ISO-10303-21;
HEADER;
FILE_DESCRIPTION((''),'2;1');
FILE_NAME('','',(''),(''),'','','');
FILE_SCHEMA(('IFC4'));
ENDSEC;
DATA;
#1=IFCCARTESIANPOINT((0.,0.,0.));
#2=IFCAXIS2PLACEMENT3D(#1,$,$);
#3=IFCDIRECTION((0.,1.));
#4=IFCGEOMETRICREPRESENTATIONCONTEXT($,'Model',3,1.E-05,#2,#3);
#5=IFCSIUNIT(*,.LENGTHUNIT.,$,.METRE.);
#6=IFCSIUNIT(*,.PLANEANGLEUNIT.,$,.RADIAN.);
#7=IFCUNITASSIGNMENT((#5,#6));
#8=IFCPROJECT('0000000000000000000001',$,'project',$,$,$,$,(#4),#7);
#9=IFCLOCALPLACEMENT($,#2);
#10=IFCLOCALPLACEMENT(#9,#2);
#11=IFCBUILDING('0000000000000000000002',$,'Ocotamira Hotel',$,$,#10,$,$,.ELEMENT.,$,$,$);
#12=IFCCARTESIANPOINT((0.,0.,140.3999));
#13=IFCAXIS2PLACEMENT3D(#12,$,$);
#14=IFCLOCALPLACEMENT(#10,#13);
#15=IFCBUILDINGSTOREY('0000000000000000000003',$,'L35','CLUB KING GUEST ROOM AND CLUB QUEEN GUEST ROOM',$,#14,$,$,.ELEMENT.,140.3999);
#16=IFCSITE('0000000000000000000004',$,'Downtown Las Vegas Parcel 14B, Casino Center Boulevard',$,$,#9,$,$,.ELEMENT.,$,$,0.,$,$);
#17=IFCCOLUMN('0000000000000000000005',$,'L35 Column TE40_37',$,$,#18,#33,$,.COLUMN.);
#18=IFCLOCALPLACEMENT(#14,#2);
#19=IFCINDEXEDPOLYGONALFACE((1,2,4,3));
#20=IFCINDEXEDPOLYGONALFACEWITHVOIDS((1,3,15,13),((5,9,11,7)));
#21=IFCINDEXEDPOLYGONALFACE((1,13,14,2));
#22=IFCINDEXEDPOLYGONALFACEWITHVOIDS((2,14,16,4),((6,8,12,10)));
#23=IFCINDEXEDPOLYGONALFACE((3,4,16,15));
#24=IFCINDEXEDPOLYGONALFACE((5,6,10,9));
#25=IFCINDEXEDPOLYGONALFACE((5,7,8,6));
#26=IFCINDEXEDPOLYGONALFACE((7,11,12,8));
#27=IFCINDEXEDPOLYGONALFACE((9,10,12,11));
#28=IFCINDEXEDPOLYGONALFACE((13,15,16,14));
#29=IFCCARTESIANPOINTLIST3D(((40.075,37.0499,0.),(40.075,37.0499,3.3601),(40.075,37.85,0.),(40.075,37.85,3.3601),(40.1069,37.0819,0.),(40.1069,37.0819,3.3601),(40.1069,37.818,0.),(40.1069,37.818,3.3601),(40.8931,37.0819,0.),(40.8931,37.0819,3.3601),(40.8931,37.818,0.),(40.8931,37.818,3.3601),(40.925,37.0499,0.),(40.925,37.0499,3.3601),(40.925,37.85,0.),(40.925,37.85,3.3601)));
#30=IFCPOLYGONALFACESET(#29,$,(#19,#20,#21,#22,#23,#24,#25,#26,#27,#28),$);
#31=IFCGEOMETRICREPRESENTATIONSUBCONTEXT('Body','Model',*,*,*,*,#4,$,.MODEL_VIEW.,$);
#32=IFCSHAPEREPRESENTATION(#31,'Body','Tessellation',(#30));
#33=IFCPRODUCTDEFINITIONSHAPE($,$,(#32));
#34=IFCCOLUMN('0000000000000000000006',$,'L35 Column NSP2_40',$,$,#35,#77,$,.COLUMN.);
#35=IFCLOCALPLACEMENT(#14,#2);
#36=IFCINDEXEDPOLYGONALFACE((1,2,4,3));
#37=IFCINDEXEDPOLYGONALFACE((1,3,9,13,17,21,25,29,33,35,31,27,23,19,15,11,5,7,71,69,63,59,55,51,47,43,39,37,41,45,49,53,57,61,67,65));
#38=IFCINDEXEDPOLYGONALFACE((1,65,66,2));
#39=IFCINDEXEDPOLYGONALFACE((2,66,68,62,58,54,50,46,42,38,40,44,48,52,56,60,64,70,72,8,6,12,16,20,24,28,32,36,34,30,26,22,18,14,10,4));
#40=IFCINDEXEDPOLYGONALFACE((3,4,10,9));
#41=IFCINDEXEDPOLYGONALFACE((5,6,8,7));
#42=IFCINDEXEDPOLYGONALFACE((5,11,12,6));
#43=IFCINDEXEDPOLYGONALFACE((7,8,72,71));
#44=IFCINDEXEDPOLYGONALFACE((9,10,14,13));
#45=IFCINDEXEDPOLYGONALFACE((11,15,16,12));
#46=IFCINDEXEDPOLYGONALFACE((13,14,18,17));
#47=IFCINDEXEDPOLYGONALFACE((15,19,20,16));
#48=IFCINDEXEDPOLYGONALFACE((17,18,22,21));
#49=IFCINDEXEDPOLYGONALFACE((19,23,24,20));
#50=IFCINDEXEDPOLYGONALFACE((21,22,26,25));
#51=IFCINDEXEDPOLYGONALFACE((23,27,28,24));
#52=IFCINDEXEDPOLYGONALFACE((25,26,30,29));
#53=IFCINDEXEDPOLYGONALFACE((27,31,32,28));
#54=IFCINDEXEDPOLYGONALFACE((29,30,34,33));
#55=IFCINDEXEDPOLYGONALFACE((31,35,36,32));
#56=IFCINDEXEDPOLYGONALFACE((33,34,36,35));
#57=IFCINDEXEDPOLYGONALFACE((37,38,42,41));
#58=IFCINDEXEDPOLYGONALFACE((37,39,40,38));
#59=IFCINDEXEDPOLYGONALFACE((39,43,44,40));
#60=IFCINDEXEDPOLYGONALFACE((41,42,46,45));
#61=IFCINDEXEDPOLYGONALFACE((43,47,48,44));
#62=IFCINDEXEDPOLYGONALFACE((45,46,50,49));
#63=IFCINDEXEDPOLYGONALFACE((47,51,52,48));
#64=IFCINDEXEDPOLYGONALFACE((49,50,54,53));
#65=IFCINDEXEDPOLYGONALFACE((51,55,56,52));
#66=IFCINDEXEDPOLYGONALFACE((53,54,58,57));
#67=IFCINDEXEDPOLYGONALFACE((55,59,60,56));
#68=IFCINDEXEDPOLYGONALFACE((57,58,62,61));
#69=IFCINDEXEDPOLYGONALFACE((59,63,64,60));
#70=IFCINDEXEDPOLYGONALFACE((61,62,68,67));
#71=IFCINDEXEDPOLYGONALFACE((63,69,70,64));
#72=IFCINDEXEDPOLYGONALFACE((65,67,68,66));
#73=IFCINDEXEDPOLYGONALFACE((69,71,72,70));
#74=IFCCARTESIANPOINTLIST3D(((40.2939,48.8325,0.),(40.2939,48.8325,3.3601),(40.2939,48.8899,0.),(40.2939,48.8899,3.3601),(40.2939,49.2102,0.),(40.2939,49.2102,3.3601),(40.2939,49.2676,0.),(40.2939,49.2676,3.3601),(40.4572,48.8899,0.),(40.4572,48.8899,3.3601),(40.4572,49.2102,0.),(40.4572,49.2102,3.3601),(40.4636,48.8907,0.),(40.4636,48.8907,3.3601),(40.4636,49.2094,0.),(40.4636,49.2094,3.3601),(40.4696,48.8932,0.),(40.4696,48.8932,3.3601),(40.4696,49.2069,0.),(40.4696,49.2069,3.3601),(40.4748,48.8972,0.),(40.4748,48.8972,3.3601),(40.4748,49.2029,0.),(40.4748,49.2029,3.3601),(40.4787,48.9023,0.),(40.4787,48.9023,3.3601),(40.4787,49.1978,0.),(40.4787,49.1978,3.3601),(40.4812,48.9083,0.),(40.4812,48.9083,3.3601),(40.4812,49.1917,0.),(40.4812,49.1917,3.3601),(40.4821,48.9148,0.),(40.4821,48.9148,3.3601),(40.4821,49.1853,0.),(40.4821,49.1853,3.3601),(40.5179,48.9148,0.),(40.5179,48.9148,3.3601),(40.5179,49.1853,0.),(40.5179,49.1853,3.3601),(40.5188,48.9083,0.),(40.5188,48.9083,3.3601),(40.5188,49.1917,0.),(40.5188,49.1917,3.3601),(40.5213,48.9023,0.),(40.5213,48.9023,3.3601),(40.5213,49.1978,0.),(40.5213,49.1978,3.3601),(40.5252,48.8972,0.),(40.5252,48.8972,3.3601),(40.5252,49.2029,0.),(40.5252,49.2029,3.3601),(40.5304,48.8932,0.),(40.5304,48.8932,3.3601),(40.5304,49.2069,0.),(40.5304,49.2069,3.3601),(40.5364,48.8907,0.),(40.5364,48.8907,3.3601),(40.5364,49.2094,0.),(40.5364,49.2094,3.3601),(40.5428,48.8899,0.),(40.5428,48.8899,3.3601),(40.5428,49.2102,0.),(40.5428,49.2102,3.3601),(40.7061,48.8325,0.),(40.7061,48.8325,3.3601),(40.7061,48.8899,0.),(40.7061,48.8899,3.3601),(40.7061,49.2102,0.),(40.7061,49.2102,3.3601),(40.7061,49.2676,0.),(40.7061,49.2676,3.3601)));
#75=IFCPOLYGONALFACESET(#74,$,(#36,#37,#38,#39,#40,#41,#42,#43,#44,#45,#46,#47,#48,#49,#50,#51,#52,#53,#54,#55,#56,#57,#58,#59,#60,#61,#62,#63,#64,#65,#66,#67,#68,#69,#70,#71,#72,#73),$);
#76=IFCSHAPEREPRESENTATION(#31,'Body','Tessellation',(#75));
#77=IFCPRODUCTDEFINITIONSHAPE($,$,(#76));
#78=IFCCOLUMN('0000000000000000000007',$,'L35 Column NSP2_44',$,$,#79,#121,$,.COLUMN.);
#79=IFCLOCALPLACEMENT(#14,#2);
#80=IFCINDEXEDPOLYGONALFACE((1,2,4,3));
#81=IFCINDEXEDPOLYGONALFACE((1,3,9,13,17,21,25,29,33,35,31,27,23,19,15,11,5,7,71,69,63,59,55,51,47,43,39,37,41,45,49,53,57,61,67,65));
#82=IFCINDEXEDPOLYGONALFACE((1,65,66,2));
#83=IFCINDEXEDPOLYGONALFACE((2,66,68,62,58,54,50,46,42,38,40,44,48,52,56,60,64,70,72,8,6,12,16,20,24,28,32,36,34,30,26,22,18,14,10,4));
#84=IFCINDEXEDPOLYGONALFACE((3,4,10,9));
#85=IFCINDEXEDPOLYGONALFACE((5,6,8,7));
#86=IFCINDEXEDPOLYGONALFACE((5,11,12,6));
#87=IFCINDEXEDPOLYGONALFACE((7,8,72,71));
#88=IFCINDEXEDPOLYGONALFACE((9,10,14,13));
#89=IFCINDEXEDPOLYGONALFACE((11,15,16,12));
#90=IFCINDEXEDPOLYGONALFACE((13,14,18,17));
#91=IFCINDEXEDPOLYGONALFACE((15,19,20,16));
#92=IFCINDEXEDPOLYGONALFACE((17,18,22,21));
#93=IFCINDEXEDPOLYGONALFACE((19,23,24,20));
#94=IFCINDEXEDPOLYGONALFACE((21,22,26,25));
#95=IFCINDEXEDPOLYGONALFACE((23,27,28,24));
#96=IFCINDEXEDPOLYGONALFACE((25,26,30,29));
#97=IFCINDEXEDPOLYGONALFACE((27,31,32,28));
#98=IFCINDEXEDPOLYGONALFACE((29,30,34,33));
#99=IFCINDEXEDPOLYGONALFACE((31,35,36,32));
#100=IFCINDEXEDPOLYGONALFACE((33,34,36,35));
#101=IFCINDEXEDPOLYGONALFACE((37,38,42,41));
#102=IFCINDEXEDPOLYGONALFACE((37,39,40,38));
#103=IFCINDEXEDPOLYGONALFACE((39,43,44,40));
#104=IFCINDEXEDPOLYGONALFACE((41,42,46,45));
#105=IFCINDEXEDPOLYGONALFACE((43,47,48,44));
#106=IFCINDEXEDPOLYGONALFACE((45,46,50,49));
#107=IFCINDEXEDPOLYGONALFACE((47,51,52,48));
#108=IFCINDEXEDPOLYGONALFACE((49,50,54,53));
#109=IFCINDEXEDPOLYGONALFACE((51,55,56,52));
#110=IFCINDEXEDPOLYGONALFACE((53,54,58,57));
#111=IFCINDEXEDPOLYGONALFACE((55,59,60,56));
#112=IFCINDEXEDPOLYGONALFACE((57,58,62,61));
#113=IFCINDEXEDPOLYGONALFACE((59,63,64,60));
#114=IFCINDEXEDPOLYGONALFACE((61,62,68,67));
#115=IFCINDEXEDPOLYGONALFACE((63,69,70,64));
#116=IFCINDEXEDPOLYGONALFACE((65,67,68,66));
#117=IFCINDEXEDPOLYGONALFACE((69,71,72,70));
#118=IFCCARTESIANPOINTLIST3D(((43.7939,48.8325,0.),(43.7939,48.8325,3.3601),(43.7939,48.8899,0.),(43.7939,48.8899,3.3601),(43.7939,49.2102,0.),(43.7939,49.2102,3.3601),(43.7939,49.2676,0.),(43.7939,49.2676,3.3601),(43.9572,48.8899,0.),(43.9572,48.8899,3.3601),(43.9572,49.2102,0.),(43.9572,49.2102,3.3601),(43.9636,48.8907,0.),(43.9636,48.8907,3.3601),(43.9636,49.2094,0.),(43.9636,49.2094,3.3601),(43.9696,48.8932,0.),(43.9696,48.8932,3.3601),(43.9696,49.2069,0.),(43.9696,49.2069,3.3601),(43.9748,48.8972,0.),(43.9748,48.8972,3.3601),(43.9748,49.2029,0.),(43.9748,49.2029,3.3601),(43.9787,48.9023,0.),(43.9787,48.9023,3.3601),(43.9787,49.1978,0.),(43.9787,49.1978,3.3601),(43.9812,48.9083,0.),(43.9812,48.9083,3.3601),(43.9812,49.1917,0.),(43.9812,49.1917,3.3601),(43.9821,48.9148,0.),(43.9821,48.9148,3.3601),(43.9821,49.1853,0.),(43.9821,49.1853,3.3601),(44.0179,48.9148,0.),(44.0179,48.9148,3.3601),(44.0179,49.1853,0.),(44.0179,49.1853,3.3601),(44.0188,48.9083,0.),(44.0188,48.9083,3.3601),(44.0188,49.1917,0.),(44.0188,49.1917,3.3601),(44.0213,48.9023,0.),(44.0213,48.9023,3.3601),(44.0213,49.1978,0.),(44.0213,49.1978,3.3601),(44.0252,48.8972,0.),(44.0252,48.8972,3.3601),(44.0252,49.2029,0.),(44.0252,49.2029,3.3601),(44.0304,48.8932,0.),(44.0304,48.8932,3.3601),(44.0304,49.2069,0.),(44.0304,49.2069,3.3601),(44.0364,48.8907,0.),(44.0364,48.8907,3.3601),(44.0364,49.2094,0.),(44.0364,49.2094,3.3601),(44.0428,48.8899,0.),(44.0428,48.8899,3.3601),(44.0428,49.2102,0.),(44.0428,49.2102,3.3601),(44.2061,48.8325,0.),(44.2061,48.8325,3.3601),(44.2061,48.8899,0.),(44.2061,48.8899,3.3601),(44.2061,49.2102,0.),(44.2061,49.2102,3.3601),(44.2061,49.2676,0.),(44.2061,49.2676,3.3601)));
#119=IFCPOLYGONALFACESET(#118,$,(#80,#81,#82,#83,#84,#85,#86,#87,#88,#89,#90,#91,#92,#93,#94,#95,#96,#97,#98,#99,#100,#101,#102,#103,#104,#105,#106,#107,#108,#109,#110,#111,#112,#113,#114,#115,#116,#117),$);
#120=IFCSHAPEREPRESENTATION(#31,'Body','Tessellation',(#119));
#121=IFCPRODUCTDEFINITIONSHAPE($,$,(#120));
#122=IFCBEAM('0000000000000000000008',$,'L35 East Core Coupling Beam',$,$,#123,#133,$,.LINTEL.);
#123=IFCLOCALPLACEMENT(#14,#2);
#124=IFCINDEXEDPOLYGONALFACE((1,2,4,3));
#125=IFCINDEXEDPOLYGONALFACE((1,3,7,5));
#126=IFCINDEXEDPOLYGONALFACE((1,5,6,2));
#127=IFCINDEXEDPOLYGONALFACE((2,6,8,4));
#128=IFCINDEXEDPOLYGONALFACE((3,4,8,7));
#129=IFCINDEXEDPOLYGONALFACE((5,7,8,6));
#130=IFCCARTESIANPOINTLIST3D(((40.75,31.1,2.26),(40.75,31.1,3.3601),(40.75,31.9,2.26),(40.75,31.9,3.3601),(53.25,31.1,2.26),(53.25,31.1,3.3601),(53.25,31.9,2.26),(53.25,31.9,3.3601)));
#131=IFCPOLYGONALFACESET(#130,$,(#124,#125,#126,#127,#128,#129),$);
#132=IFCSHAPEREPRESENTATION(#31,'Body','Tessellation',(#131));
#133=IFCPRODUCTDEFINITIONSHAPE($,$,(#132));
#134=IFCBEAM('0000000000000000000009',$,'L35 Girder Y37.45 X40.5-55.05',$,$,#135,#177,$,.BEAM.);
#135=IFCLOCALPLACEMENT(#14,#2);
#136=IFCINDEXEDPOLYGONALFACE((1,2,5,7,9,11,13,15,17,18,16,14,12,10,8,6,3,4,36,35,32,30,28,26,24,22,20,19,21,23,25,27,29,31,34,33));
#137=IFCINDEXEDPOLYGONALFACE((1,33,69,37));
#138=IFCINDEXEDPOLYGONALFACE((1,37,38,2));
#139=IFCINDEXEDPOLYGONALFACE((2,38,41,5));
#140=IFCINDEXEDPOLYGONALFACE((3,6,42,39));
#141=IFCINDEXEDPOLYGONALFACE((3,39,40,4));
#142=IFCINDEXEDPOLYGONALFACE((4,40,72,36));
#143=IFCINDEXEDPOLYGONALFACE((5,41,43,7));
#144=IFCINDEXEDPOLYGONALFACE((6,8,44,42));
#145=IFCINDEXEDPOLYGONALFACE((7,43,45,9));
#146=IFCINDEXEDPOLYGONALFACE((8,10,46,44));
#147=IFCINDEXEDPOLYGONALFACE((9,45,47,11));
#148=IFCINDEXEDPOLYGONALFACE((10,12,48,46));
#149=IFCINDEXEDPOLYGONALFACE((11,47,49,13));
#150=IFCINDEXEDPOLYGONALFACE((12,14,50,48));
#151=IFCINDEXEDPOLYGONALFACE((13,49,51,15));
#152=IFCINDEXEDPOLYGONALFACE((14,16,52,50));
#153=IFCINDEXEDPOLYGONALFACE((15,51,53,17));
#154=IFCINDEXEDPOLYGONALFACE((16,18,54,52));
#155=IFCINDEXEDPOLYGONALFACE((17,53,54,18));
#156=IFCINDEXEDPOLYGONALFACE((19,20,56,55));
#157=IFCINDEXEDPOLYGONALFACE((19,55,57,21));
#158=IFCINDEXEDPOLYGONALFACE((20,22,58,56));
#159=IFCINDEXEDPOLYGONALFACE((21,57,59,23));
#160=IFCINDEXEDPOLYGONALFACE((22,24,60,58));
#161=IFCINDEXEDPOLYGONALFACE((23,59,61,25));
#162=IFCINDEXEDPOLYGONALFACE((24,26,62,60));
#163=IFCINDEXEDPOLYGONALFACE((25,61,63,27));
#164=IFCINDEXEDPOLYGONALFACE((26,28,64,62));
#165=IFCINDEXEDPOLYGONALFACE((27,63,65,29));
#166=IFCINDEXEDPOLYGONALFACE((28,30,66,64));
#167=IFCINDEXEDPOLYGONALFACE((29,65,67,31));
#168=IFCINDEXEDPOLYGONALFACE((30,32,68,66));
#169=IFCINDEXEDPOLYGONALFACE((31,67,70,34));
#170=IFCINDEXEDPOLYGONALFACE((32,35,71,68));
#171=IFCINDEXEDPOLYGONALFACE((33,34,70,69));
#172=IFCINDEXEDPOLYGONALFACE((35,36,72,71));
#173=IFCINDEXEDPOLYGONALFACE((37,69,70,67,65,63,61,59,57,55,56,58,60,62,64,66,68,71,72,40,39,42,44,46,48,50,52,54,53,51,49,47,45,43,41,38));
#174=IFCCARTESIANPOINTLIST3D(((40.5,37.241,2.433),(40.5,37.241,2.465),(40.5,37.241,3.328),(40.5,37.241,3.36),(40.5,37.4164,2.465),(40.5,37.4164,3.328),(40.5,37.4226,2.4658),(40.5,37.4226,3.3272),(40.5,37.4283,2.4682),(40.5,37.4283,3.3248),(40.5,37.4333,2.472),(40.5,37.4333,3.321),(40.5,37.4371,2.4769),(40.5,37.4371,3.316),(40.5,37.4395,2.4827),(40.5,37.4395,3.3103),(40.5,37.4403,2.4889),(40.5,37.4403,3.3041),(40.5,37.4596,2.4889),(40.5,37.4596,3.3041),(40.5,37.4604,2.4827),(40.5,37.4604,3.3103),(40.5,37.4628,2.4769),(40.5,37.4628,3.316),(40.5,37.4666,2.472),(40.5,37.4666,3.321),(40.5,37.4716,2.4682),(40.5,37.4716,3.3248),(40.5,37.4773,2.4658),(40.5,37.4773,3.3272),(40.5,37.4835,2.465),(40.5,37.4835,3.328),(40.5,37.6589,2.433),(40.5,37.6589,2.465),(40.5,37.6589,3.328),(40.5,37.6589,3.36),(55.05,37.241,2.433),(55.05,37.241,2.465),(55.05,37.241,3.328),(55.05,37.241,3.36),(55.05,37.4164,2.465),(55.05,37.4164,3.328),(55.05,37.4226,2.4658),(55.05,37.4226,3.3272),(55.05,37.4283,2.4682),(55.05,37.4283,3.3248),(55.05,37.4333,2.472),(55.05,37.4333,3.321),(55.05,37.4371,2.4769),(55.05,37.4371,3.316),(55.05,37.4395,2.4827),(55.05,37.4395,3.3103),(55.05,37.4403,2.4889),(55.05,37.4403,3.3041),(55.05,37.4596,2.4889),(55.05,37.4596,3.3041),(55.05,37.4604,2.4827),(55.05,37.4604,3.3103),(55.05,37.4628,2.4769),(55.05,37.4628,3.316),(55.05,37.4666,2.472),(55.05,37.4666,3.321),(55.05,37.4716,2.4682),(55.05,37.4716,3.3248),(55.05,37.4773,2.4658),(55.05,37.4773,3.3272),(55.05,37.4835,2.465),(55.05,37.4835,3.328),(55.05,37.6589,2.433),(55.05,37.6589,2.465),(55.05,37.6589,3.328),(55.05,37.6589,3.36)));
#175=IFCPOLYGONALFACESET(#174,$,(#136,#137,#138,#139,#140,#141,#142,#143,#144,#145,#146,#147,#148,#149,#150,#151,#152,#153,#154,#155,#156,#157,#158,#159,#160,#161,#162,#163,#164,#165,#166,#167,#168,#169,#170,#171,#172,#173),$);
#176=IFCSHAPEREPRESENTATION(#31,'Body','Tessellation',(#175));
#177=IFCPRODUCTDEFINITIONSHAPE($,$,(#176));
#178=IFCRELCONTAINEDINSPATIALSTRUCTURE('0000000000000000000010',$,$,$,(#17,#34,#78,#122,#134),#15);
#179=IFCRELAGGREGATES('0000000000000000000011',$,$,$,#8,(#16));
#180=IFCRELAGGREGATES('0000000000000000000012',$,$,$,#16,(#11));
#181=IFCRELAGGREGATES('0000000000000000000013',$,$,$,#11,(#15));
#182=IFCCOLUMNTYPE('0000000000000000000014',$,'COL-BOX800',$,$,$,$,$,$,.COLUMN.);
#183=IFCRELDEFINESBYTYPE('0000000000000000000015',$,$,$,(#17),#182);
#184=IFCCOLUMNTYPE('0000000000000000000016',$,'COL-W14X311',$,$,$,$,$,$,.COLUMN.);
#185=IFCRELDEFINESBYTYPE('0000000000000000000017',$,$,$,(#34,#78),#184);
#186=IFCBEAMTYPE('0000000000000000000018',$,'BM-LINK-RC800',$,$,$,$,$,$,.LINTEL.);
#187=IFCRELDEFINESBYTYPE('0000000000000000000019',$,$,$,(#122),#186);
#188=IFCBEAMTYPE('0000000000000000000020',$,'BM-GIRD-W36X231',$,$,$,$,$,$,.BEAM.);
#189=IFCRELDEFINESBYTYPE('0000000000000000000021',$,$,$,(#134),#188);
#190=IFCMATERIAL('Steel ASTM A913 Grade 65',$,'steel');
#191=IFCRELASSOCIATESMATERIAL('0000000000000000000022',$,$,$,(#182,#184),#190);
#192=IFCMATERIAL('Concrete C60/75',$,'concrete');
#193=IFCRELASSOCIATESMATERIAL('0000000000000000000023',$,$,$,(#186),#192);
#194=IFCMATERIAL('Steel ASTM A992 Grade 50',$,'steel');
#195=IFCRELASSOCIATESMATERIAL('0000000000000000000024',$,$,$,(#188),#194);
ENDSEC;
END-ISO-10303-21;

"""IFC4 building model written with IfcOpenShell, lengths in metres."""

from ifc_helpers import new_model, si_unit, direction, frame, origin, origin_2d, place, context, subcontext, project, spatial, rectangle, hollow_rectangle, i_section, extrude, source, transform, mapped, material, material_profile, profile_set, type_object, element, save


model = new_model("IFC4")

# Units and contexts
model_context = context("Model", 3, precision=1e-05, world=origin(), true_north=direction((0.0, 1.0)))
body_context = subcontext(model_context, "Body", "Model", "MODEL_VIEW")
ifc_project = project(units=[si_unit("LENGTHUNIT", "METRE"), si_unit("PLANEANGLEUNIT", "RADIAN")], contexts=[model_context])

# Site, building, storey
site_placement = place(None, origin())
site = spatial("IfcSite", under=ifc_project, at=site_placement, Name="Downtown Las Vegas Parcel 14B, Casino Center Boulevard", CompositionType="ELEMENT", RefElevation=0.0)
building_placement = place(site_placement, origin())
building = spatial("IfcBuilding", under=site, at=building_placement, Name="Ocotamira Hotel", CompositionType="ELEMENT")
storey_placement = place(building_placement, frame((0.0, 0.0, 140.3999)))
storey = spatial("IfcBuildingStorey", under=building, at=storey_placement, Name="L35", Description="CLUB KING GUEST ROOM AND CLUB QUEEN GUEST ROOM", CompositionType="ELEMENT", Elevation=140.3999)

# Columns
ifc_material_1 = material(Name="Steel ASTM A913 Grade 65", Category="steel")
ifc_material_profile_1 = material_profile(ifc_material_1, hollow_rectangle(XDim=0.8501, YDim=0.8, WallThickness=0.032, at=origin_2d()), Name="BOX800X850X32")
ifc_profile_set_1 = profile_set([ifc_material_profile_1], Name="Steel ASTM A913 Grade 65")
column_type_1 = type_object("IfcColumnType", Name="COL-BOX800", PredefinedType="COLUMN", material=ifc_profile_set_1)
shared_shape_1 = source(origin(), body_context, "Body", "SweptSolid", [
    extrude(hollow_rectangle(XDim=0.8501, YDim=0.8, WallThickness=0.032, at=origin_2d()), origin(), (0.0, 0.0, 1.0), 3.3601),
])
column_placement = place(storey_placement, frame((40.5, 37.45, 0.0), z_axis=(0.0, 0.0, 1.0), x_axis=(1.0, 0.0, 0.0)))
element("IfcColumn", 1, at=column_placement, inside=storey, type_object=column_type_1, Name="L35 Column TE40_37", PredefinedType="COLUMN", context=body_context, shape_type="MappedRepresentation", body=[
    mapped(shared_shape_1, transform((0.0, 0.0, 0.0), scale=1.0)),
])
ifc_material_profile_2 = material_profile(ifc_material_1, i_section(OverallWidth=0.4121, OverallDepth=0.4351, WebThickness=0.0359, FlangeThickness=0.0574, FilletRadius=0.0249, at=origin_2d()), Name="W14X311")
ifc_profile_set_2 = profile_set([ifc_material_profile_2], Name="Steel ASTM A913 Grade 65")
column_type_2 = type_object("IfcColumnType", Name="COL-W14X311", PredefinedType="COLUMN", material=ifc_profile_set_2)
shared_shape_2 = source(origin(), body_context, "Body", "SweptSolid", [
    extrude(i_section(OverallWidth=0.4121, OverallDepth=0.4351, WebThickness=0.0359, FlangeThickness=0.0574, FilletRadius=0.0249, at=origin_2d()), origin(), (0.0, 0.0, 1.0), 3.3601),
])
for number, where, z_axis, x_axis, name in (
    (2, (40.5, 49.05, 0.0), (0.0, 0.0, 1.0), (1.0, 0.0, 0.0), "L35 Column NSP2_40"),
    (3, (44.0, 49.05, 0.0), (0.0, 0.0, 1.0), (1.0, 0.0, 0.0), "L35 Column NSP2_44"),
):
    element("IfcColumn", number, at=place(storey_placement, frame(where, z_axis=z_axis, x_axis=x_axis)), inside=storey, type_object=column_type_2, Name=name, PredefinedType="COLUMN", context=body_context, shape_type="MappedRepresentation", body=[
        mapped(shared_shape_2, transform((0.0, 0.0, 0.0), scale=1.0)),
    ])

# Beams
ifc_material_2 = material(Name="Concrete C60/75", Category="concrete")
ifc_material_profile_3 = material_profile(ifc_material_2, rectangle(XDim=0.8, YDim=1.1001, at=origin_2d()), Name="RC800X1100")
ifc_profile_set_3 = profile_set([ifc_material_profile_3], Name="Concrete C60/75")
beam_type_1 = type_object("IfcBeamType", Name="BM-LINK-RC800", PredefinedType="LINTEL", material=ifc_profile_set_3)
shared_shape_3 = source(origin(), body_context, "Body", "SweptSolid", [
    extrude(rectangle(XDim=0.8, YDim=1.1001, at=origin_2d()), origin(), (0.0, 0.0, 1.0), 12.5),
])
beam_1_placement = place(storey_placement, frame((40.75, 31.5, 2.8101), z_axis=(1.0, 0.0, 0.0), x_axis=(0.0, 1.0, 0.0)))
element("IfcBeam", 4, at=beam_1_placement, inside=storey, type_object=beam_type_1, Name="L35 East Core Coupling Beam", PredefinedType="LINTEL", context=body_context, shape_type="MappedRepresentation", body=[
    mapped(shared_shape_3, transform((0.0, 0.0, 0.0), scale=1.0)),
])
ifc_material_3 = material(Name="Steel ASTM A992 Grade 50", Category="steel")
ifc_material_profile_4 = material_profile(ifc_material_3, i_section(OverallWidth=0.418, OverallDepth=0.927, WebThickness=0.0193, FlangeThickness=0.032, FilletRadius=0.0239, at=origin_2d()), Name="W36X231")
ifc_profile_set_4 = profile_set([ifc_material_profile_4], Name="Steel ASTM A992 Grade 50")
beam_type_2 = type_object("IfcBeamType", Name="BM-GIRD-W36X231", PredefinedType="BEAM", material=ifc_profile_set_4)
shared_shape_4 = source(origin(), body_context, "Body", "SweptSolid", [
    extrude(i_section(OverallWidth=0.418, OverallDepth=0.927, WebThickness=0.0193, FlangeThickness=0.032, FilletRadius=0.0239, at=origin_2d()), origin(), (0.0, 0.0, 1.0), 14.55),
])
beam_2_placement = place(storey_placement, frame((40.5, 37.45, 2.8965), z_axis=(1.0, 0.0, 0.0), x_axis=(0.0, 1.0, 0.0)))
element("IfcBeam", 5, at=beam_2_placement, inside=storey, type_object=beam_type_2, Name="L35 Girder Y37.45 X40.5-55.05", PredefinedType="BEAM", context=body_context, shape_type="MappedRepresentation", body=[
    mapped(shared_shape_4, transform((0.0, 0.0, 0.0), scale=1.0)),
])

save(model, "model.ifc")
